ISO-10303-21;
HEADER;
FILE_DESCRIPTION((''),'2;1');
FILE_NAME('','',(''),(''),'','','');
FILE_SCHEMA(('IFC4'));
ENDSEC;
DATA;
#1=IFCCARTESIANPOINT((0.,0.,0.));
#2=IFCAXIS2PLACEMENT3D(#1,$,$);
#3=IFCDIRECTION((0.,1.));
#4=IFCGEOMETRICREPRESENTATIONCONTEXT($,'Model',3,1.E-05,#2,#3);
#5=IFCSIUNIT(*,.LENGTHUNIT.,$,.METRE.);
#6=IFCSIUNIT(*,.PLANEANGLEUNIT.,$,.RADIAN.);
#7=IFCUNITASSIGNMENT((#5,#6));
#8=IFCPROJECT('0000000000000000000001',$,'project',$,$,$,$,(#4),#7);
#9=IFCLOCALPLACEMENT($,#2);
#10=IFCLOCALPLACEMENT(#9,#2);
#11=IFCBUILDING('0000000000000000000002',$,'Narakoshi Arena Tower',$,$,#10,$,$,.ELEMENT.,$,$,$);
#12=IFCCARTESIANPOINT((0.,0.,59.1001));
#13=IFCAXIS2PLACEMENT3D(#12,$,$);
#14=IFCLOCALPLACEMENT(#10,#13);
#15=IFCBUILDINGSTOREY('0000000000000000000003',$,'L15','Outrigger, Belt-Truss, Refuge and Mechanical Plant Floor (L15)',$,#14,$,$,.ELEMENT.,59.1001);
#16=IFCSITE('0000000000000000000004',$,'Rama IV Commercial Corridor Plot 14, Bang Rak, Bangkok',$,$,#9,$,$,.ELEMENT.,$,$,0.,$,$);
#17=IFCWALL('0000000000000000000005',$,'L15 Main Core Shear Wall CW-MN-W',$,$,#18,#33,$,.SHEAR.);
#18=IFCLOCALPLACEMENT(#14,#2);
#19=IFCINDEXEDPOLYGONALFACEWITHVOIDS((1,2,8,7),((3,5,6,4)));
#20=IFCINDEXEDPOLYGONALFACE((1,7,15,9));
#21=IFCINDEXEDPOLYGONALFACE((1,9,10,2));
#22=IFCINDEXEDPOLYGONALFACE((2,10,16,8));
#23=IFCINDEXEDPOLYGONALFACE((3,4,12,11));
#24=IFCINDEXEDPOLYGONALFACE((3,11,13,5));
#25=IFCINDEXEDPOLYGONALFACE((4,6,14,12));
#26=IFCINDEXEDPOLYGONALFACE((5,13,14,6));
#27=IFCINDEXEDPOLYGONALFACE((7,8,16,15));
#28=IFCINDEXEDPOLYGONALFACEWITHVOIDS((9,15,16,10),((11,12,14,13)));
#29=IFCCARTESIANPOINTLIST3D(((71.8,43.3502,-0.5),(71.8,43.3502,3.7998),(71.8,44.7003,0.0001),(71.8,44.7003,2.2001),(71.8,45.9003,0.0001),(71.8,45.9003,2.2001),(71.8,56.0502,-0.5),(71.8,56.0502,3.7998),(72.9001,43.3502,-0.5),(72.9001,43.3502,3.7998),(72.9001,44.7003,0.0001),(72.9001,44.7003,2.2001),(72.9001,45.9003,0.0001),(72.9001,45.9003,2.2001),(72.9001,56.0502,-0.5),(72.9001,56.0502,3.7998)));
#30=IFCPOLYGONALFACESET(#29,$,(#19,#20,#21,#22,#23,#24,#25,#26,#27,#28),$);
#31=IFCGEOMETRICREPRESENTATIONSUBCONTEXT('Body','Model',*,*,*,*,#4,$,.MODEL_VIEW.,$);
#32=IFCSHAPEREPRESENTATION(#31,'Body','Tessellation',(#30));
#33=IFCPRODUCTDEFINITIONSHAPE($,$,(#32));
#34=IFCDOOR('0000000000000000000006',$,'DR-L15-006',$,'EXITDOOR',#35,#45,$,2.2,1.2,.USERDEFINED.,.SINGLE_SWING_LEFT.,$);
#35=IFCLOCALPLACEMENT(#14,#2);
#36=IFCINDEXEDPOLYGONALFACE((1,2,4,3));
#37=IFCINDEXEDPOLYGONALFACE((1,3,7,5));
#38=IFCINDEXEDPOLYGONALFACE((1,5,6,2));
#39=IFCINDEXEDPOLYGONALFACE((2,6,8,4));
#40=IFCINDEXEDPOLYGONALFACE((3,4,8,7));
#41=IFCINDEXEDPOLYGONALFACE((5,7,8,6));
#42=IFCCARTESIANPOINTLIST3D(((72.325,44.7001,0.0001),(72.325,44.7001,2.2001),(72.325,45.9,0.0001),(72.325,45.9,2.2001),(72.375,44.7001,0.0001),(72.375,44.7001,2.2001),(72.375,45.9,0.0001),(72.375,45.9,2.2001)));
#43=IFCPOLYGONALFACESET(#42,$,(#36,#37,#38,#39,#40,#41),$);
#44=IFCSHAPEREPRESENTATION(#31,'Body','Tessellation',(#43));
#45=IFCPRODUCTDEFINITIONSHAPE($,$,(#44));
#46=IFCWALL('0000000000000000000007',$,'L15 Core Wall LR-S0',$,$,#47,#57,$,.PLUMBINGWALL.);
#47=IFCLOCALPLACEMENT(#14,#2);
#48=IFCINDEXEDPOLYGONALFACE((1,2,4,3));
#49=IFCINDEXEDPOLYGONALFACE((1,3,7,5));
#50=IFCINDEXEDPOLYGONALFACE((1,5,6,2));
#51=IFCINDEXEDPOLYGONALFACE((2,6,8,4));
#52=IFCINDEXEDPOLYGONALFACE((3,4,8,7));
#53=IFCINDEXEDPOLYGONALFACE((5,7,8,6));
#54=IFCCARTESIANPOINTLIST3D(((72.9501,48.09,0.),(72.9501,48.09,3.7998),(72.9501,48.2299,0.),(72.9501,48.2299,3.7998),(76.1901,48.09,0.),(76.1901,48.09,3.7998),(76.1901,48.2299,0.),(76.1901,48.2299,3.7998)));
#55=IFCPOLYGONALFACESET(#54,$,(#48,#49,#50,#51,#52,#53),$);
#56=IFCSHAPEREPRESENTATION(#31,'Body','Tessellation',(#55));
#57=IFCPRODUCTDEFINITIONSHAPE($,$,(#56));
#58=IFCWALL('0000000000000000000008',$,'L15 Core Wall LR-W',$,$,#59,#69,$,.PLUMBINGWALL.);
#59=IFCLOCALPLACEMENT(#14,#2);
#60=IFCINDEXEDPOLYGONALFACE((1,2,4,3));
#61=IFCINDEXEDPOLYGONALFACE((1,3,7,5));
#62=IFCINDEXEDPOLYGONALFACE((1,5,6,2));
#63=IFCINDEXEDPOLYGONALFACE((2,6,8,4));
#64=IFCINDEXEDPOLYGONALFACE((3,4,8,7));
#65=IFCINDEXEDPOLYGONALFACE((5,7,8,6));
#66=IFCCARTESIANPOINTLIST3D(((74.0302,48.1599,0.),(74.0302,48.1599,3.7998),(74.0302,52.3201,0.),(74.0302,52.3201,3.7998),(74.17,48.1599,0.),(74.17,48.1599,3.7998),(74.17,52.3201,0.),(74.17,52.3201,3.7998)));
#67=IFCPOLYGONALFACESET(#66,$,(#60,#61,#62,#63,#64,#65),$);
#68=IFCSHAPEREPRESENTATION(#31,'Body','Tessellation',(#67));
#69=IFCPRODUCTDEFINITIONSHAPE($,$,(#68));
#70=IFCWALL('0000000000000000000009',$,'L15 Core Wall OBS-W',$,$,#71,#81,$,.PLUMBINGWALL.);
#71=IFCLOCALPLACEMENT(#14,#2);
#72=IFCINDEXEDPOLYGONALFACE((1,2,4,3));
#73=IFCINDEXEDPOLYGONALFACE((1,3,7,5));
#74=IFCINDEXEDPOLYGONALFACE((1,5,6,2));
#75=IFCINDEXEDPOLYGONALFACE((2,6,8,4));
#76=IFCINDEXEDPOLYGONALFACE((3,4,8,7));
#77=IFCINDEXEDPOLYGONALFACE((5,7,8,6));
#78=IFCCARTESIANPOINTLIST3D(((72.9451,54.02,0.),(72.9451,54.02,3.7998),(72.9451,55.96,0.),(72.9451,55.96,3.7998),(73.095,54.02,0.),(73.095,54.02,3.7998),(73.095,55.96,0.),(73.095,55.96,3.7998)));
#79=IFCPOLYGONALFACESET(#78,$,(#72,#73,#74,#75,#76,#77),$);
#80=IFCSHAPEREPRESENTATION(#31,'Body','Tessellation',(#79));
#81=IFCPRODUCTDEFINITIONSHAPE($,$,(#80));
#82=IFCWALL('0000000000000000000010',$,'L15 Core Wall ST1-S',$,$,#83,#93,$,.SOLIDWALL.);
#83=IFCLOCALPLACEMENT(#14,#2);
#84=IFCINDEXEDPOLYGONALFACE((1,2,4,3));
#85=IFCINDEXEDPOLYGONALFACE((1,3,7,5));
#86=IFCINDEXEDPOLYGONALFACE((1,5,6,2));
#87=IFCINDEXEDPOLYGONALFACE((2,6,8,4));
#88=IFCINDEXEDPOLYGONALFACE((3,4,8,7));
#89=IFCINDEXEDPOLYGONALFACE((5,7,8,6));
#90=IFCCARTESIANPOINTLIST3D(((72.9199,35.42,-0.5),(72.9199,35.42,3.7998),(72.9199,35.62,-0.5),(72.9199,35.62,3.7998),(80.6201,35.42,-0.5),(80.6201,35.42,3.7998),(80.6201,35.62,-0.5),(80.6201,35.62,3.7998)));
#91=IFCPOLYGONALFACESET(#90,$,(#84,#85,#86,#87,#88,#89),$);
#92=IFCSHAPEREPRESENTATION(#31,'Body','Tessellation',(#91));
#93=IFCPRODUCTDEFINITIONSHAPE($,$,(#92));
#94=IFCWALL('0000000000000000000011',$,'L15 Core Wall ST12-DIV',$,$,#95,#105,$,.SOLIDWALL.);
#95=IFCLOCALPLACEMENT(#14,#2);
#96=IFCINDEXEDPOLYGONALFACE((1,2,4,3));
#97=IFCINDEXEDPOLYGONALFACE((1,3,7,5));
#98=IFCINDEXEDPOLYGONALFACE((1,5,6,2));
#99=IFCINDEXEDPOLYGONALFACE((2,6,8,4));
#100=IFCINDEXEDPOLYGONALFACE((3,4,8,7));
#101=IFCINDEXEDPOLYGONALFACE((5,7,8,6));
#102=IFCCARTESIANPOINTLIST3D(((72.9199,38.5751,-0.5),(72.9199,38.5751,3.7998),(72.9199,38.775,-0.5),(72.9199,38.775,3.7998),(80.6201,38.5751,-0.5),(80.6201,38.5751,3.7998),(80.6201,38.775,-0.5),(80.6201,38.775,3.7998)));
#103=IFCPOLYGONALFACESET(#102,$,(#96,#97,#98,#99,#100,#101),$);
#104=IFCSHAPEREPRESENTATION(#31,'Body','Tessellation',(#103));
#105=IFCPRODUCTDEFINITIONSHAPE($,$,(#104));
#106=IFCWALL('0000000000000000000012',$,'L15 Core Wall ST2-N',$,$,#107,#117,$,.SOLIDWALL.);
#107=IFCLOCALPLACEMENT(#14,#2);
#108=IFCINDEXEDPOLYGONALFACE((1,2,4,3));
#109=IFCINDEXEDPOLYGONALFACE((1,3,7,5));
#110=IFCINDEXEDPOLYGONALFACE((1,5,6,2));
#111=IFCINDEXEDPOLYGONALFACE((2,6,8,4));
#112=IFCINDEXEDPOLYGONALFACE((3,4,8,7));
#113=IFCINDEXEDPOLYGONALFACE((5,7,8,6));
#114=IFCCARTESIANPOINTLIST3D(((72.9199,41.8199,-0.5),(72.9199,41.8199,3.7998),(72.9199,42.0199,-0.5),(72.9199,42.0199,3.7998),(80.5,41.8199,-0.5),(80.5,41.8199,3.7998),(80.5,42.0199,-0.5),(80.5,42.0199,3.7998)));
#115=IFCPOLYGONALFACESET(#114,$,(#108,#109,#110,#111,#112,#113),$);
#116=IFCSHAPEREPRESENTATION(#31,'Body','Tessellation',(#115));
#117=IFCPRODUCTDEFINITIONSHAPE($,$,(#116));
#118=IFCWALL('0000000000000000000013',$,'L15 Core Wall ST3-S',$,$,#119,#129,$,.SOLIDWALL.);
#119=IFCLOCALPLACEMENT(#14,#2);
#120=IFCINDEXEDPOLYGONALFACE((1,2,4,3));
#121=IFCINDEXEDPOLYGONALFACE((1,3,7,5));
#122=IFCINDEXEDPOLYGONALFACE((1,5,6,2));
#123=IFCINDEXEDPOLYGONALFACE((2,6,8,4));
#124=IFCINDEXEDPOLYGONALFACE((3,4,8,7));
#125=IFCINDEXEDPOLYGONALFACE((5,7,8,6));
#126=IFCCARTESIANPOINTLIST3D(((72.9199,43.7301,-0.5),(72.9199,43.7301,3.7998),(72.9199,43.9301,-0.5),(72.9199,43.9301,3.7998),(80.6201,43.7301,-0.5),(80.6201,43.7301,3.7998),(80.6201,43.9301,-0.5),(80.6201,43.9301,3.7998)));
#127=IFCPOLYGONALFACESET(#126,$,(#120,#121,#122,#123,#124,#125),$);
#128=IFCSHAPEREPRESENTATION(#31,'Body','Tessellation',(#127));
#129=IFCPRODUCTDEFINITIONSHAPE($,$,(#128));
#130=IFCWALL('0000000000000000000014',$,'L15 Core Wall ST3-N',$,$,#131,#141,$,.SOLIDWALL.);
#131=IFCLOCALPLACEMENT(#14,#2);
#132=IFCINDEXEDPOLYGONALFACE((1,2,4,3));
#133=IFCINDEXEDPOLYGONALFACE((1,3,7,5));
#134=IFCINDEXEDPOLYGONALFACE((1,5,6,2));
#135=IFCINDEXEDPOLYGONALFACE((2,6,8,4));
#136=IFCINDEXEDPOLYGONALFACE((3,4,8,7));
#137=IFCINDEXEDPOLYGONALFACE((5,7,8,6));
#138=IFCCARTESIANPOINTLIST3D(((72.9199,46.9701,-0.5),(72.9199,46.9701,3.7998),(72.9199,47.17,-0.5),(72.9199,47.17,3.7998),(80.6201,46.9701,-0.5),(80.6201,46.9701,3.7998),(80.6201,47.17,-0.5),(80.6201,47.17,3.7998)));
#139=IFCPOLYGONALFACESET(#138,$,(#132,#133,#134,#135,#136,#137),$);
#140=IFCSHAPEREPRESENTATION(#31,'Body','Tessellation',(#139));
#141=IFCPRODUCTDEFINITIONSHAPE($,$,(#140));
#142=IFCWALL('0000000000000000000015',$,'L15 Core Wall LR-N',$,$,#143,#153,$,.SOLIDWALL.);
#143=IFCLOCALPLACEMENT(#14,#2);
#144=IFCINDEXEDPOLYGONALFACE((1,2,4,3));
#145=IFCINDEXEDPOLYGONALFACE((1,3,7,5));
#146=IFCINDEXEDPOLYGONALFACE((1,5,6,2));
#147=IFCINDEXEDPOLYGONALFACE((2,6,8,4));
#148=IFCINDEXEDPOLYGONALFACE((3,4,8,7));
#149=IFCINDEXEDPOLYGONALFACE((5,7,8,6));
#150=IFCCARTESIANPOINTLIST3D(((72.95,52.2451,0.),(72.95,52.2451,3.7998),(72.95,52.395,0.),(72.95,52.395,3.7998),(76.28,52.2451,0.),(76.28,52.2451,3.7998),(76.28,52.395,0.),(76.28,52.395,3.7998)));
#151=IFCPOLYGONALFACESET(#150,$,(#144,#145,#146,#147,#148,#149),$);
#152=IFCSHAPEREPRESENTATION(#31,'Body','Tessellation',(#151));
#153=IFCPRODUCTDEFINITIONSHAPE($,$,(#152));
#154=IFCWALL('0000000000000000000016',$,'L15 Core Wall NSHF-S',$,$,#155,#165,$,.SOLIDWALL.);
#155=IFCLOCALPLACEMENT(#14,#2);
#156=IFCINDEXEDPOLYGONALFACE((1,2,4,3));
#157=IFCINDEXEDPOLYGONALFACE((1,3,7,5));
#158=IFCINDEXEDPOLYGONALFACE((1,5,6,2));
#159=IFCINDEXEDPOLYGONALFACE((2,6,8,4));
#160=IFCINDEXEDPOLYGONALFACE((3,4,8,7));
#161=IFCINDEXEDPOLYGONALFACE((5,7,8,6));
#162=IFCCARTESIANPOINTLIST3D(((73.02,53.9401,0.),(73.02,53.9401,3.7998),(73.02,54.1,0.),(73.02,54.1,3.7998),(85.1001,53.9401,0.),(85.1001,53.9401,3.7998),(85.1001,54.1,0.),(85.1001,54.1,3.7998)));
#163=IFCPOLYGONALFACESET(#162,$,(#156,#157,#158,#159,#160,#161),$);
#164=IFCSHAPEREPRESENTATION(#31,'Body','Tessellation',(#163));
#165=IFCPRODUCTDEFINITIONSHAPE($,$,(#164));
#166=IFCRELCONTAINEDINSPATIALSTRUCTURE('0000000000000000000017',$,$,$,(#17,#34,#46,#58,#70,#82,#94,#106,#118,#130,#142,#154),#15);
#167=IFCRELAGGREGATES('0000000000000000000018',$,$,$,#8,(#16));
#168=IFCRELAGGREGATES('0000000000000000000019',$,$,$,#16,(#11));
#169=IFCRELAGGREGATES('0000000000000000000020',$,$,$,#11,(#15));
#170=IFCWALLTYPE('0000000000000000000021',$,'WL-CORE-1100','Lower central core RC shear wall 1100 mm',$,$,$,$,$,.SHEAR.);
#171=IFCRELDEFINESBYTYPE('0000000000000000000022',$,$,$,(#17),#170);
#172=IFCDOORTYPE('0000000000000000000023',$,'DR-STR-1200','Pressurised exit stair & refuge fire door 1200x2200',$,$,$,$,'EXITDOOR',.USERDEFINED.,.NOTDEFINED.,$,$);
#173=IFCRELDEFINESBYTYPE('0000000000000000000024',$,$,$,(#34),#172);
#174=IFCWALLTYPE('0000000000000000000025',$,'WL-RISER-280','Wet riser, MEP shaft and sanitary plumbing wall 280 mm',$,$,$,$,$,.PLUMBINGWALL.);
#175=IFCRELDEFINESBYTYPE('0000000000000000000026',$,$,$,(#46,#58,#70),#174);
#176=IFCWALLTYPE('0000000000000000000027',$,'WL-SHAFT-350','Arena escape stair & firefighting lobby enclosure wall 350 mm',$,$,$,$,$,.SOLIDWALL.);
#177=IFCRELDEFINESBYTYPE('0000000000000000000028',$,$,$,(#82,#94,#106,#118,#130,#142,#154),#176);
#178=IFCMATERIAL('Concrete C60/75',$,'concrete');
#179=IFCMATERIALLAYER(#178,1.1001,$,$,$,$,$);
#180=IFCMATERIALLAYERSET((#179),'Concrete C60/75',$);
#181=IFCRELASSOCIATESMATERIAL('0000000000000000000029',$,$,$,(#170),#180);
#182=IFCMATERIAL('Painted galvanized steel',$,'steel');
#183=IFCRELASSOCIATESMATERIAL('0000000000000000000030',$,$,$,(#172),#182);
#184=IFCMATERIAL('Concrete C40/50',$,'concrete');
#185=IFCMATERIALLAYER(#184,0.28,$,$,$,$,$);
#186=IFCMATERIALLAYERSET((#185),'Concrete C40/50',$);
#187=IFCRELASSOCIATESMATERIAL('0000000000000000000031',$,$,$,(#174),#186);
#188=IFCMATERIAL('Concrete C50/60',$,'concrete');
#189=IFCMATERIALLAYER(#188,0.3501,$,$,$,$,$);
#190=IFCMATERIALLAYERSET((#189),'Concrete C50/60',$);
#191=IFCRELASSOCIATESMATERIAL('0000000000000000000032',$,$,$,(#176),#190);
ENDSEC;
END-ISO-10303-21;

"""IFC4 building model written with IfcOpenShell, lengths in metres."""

from ifc_helpers import new_model, si_unit, direction, frame, frame_2d, origin, place, context, subcontext, project, spatial, rectangle, extrude, material, layer, layer_set, type_object, element, fill, save


model = new_model("IFC4")

# Units and contexts
model_context = context("Model", 3, precision=1e-05, world=origin(), true_north=direction((0.0, 1.0)))
body_context = subcontext(model_context, "Body", "Model", "MODEL_VIEW")
ifc_project = project(units=[si_unit("LENGTHUNIT", "METRE"), si_unit("PLANEANGLEUNIT", "RADIAN")], contexts=[model_context])

# Site, building, storey
site_placement = place(None, origin())
site = spatial("IfcSite", under=ifc_project, at=site_placement, Name="Rama IV Commercial Corridor Plot 14, Bang Rak, Bangkok", CompositionType="ELEMENT", RefElevation=0.0)
building_placement = place(site_placement, origin())
building = spatial("IfcBuilding", under=site, at=building_placement, Name="Narakoshi Arena Tower", CompositionType="ELEMENT")
storey_placement = place(building_placement, frame((0.0, 0.0, 59.1001)))
storey = spatial("IfcBuildingStorey", under=building, at=storey_placement, Name="L15", Description="Outrigger, Belt-Truss, Refuge and Mechanical Plant Floor (L15)", CompositionType="ELEMENT", Elevation=59.1001)

# Shared definitions
ifc_material_1 = material(Name="Concrete C60/75", Category="concrete")

# Shared definitions
ifc_layer_1 = layer(ifc_material_1, 1.1001)
ifc_layer_set_1 = layer_set([ifc_layer_1], Name="Concrete C60/75")
wall_type_1 = type_object("IfcWallType", Name="WL-CORE-1100", Description="Lower central core RC shear wall 1100 mm", PredefinedType="SHEAR", material=ifc_layer_set_1)
ifc_material_2 = material(Name="Painted galvanized steel", Category="steel")
door_type = type_object("IfcDoorType", Name="DR-STR-1200", Description="Pressurised exit stair & refuge fire door 1200x2200", ElementType="EXITDOOR", OperationType="NOTDEFINED", PredefinedType="USERDEFINED", material=ifc_material_2)

# Wall, opening, door
wall_1_placement = place(storey_placement, frame((72.3501, 43.3501, -0.5), z_axis=(0.0, 0.0, 1.0), x_axis=(0.0, 1.0, 0.0)))
wall_1 = element("IfcWall", 1, at=wall_1_placement, inside=storey, type_object=wall_type_1, Name="L15 Main Core Shear Wall CW-MN-W", PredefinedType="SHEAR", context=body_context, shape_type="SweptSolid", body=[
    extrude(rectangle(XDim=12.7, YDim=1.1001, at=frame_2d((6.3501, 0.0))), origin(), (0.0, 0.0, 1.0), 4.2998),
])
opening_1_placement = place(wall_1_placement, frame((1.3501, 0.0, 0.5)))
opening_1 = element("IfcOpeningElement", 2, at=opening_1_placement, cuts=wall_1, PredefinedType="OPENING", context=body_context, shape_type="SweptSolid", body=[
    extrude(rectangle(XDim=1.2, YDim=2.2, at=frame_2d((0.6001, 1.1001))), frame((0.0, 0.5601, 0.0), z_axis=(0.0, -1.0, 0.0), x_axis=(1.0, 0.0, 0.0)), (0.0, 0.0, 1.0), 1.1201),
])
door_1_placement = place(opening_1_placement, frame((1.2, 0.0, 0.0), z_axis=(0.0, 0.0, 1.0), x_axis=(-1.0, 0.0, 0.0)))
door_1 = element("IfcDoor", 3, at=door_1_placement, inside=storey, type_object=door_type, Name="DR-L15-006", ObjectType="EXITDOOR", OperationType="SINGLE_SWING_LEFT", OverallHeight=2.2, OverallWidth=1.2, PredefinedType="USERDEFINED", context=body_context, shape_type="SweptSolid", body=[
    extrude(rectangle(XDim=1.2, YDim=2.2, at=frame_2d((0.6001, 1.1001))), frame((0.0, 0.0249, 0.0), z_axis=(0.0, -1.0, 0.0), x_axis=(1.0, 0.0, 0.0)), (0.0, 0.0, 1.0), 0.05),
])
fill(opening_1, door_1)

# Walls
ifc_material_3 = material(Name="Concrete C40/50", Category="concrete")
ifc_layer_2 = layer(ifc_material_3, 0.28)
ifc_layer_set_2 = layer_set([ifc_layer_2], Name="Concrete C40/50")
wall_type_2 = type_object("IfcWallType", Name="WL-RISER-280", Description="Wet riser, MEP shaft and sanitary plumbing wall 280 mm", PredefinedType="PLUMBINGWALL", material=ifc_layer_set_2)
wall_2_placement = place(storey_placement, frame((72.95, 48.1599, 0.0), z_axis=(0.0, 0.0, 1.0), x_axis=(1.0, 0.0, 0.0)))
element("IfcWall", 4, at=wall_2_placement, inside=storey, type_object=wall_type_2, Name="L15 Core Wall LR-S0", PredefinedType="PLUMBINGWALL", context=body_context, shape_type="SweptSolid", body=[
    extrude(rectangle(XDim=3.24, YDim=0.1399, at=frame_2d((1.6201, 0.0))), origin(), (0.0, 0.0, 1.0), 3.7998),
])
wall_3_placement = place(storey_placement, frame((74.1001, 48.1599, 0.0), z_axis=(0.0, 0.0, 1.0), x_axis=(0.0, 1.0, 0.0)))
element("IfcWall", 5, at=wall_3_placement, inside=storey, type_object=wall_type_2, Name="L15 Core Wall LR-W", PredefinedType="PLUMBINGWALL", context=body_context, shape_type="SweptSolid", body=[
    extrude(rectangle(XDim=4.1602, YDim=0.1399, at=frame_2d((2.0801, 0.0))), origin(), (0.0, 0.0, 1.0), 3.7998),
])
wall_4_placement = place(storey_placement, frame((73.02, 54.02, 0.0), z_axis=(0.0, 0.0, 1.0), x_axis=(0.0, 1.0, 0.0)))
element("IfcWall", 6, at=wall_4_placement, inside=storey, type_object=wall_type_2, Name="L15 Core Wall OBS-W", PredefinedType="PLUMBINGWALL", context=body_context, shape_type="SweptSolid", body=[
    extrude(rectangle(XDim=1.9399, YDim=0.1499, at=frame_2d((0.97, 0.0))), origin(), (0.0, 0.0, 1.0), 3.7998),
])
ifc_material_4 = material(Name="Concrete C50/60", Category="concrete")
ifc_layer_3 = layer(ifc_material_4, 0.3501)
ifc_layer_set_3 = layer_set([ifc_layer_3], Name="Concrete C50/60")
wall_type_3 = type_object("IfcWallType", Name="WL-SHAFT-350", Description="Arena escape stair & firefighting lobby enclosure wall 350 mm", PredefinedType="SOLIDWALL", material=ifc_layer_set_3)
for number, where, z_axis, x_axis, name in (
    (7, (72.9199, 35.52, -0.5), (0.0, 0.0, 1.0), (1.0, 0.0, 0.0), "L15 Core Wall ST1-S"),
    (8, (72.9199, 38.675, -0.5), (0.0, 0.0, 1.0), (1.0, 0.0, 0.0), "L15 Core Wall ST12-DIV"),
):
    element("IfcWall", number, at=place(storey_placement, frame(where, z_axis=z_axis, x_axis=x_axis)), inside=storey, type_object=wall_type_3, Name=name, PredefinedType="SOLIDWALL", context=body_context, shape_type="SweptSolid", body=[
        extrude(rectangle(XDim=7.7002, YDim=0.2, at=frame_2d((3.8501, 0.0))), origin(), (0.0, 0.0, 1.0), 4.2998),
    ])
wall_5_placement = place(storey_placement, frame((72.9199, 41.9199, -0.5), z_axis=(0.0, 0.0, 1.0), x_axis=(1.0, 0.0, 0.0)))
element("IfcWall", 9, at=wall_5_placement, inside=storey, type_object=wall_type_3, Name="L15 Core Wall ST2-N", PredefinedType="SOLIDWALL", context=body_context, shape_type="SweptSolid", body=[
    extrude(rectangle(XDim=7.5801, YDim=0.2, at=frame_2d((3.79, 0.0))), origin(), (0.0, 0.0, 1.0), 4.2998),
])
for number, where, z_axis, x_axis, name in (
    (10, (72.9199, 43.8301, -0.5), (0.0, 0.0, 1.0), (1.0, 0.0, 0.0), "L15 Core Wall ST3-S"),
    (11, (72.9199, 47.0701, -0.5), (0.0, 0.0, 1.0), (1.0, 0.0, 0.0), "L15 Core Wall ST3-N"),
):
    element("IfcWall", number, at=place(storey_placement, frame(where, z_axis=z_axis, x_axis=x_axis)), inside=storey, type_object=wall_type_3, Name=name, PredefinedType="SOLIDWALL", context=body_context, shape_type="SweptSolid", body=[
        extrude(rectangle(XDim=7.7002, YDim=0.2, at=frame_2d((3.8501, 0.0))), origin(), (0.0, 0.0, 1.0), 4.2998),
    ])
wall_6_placement = place(storey_placement, frame((72.95, 52.3201, 0.0), z_axis=(0.0, 0.0, 1.0), x_axis=(1.0, 0.0, 0.0)))
element("IfcWall", 12, at=wall_6_placement, inside=storey, type_object=wall_type_3, Name="L15 Core Wall LR-N", PredefinedType="SOLIDWALL", context=body_context, shape_type="SweptSolid", body=[
    extrude(rectangle(XDim=3.3301, YDim=0.1499, at=frame_2d((1.665, 0.0))), origin(), (0.0, 0.0, 1.0), 3.7998),
])
wall_7_placement = place(storey_placement, frame((73.02, 54.02, 0.0), z_axis=(0.0, 0.0, 1.0), x_axis=(1.0, 0.0, 0.0)))
element("IfcWall", 13, at=wall_7_placement, inside=storey, type_object=wall_type_3, Name="L15 Core Wall NSHF-S", PredefinedType="SOLIDWALL", context=body_context, shape_type="SweptSolid", body=[
    extrude(rectangle(XDim=12.0801, YDim=0.1599, at=frame_2d((6.04, 0.0))), origin(), (0.0, 0.0, 1.0), 3.7998),
])

save(model, "model.ifc")
